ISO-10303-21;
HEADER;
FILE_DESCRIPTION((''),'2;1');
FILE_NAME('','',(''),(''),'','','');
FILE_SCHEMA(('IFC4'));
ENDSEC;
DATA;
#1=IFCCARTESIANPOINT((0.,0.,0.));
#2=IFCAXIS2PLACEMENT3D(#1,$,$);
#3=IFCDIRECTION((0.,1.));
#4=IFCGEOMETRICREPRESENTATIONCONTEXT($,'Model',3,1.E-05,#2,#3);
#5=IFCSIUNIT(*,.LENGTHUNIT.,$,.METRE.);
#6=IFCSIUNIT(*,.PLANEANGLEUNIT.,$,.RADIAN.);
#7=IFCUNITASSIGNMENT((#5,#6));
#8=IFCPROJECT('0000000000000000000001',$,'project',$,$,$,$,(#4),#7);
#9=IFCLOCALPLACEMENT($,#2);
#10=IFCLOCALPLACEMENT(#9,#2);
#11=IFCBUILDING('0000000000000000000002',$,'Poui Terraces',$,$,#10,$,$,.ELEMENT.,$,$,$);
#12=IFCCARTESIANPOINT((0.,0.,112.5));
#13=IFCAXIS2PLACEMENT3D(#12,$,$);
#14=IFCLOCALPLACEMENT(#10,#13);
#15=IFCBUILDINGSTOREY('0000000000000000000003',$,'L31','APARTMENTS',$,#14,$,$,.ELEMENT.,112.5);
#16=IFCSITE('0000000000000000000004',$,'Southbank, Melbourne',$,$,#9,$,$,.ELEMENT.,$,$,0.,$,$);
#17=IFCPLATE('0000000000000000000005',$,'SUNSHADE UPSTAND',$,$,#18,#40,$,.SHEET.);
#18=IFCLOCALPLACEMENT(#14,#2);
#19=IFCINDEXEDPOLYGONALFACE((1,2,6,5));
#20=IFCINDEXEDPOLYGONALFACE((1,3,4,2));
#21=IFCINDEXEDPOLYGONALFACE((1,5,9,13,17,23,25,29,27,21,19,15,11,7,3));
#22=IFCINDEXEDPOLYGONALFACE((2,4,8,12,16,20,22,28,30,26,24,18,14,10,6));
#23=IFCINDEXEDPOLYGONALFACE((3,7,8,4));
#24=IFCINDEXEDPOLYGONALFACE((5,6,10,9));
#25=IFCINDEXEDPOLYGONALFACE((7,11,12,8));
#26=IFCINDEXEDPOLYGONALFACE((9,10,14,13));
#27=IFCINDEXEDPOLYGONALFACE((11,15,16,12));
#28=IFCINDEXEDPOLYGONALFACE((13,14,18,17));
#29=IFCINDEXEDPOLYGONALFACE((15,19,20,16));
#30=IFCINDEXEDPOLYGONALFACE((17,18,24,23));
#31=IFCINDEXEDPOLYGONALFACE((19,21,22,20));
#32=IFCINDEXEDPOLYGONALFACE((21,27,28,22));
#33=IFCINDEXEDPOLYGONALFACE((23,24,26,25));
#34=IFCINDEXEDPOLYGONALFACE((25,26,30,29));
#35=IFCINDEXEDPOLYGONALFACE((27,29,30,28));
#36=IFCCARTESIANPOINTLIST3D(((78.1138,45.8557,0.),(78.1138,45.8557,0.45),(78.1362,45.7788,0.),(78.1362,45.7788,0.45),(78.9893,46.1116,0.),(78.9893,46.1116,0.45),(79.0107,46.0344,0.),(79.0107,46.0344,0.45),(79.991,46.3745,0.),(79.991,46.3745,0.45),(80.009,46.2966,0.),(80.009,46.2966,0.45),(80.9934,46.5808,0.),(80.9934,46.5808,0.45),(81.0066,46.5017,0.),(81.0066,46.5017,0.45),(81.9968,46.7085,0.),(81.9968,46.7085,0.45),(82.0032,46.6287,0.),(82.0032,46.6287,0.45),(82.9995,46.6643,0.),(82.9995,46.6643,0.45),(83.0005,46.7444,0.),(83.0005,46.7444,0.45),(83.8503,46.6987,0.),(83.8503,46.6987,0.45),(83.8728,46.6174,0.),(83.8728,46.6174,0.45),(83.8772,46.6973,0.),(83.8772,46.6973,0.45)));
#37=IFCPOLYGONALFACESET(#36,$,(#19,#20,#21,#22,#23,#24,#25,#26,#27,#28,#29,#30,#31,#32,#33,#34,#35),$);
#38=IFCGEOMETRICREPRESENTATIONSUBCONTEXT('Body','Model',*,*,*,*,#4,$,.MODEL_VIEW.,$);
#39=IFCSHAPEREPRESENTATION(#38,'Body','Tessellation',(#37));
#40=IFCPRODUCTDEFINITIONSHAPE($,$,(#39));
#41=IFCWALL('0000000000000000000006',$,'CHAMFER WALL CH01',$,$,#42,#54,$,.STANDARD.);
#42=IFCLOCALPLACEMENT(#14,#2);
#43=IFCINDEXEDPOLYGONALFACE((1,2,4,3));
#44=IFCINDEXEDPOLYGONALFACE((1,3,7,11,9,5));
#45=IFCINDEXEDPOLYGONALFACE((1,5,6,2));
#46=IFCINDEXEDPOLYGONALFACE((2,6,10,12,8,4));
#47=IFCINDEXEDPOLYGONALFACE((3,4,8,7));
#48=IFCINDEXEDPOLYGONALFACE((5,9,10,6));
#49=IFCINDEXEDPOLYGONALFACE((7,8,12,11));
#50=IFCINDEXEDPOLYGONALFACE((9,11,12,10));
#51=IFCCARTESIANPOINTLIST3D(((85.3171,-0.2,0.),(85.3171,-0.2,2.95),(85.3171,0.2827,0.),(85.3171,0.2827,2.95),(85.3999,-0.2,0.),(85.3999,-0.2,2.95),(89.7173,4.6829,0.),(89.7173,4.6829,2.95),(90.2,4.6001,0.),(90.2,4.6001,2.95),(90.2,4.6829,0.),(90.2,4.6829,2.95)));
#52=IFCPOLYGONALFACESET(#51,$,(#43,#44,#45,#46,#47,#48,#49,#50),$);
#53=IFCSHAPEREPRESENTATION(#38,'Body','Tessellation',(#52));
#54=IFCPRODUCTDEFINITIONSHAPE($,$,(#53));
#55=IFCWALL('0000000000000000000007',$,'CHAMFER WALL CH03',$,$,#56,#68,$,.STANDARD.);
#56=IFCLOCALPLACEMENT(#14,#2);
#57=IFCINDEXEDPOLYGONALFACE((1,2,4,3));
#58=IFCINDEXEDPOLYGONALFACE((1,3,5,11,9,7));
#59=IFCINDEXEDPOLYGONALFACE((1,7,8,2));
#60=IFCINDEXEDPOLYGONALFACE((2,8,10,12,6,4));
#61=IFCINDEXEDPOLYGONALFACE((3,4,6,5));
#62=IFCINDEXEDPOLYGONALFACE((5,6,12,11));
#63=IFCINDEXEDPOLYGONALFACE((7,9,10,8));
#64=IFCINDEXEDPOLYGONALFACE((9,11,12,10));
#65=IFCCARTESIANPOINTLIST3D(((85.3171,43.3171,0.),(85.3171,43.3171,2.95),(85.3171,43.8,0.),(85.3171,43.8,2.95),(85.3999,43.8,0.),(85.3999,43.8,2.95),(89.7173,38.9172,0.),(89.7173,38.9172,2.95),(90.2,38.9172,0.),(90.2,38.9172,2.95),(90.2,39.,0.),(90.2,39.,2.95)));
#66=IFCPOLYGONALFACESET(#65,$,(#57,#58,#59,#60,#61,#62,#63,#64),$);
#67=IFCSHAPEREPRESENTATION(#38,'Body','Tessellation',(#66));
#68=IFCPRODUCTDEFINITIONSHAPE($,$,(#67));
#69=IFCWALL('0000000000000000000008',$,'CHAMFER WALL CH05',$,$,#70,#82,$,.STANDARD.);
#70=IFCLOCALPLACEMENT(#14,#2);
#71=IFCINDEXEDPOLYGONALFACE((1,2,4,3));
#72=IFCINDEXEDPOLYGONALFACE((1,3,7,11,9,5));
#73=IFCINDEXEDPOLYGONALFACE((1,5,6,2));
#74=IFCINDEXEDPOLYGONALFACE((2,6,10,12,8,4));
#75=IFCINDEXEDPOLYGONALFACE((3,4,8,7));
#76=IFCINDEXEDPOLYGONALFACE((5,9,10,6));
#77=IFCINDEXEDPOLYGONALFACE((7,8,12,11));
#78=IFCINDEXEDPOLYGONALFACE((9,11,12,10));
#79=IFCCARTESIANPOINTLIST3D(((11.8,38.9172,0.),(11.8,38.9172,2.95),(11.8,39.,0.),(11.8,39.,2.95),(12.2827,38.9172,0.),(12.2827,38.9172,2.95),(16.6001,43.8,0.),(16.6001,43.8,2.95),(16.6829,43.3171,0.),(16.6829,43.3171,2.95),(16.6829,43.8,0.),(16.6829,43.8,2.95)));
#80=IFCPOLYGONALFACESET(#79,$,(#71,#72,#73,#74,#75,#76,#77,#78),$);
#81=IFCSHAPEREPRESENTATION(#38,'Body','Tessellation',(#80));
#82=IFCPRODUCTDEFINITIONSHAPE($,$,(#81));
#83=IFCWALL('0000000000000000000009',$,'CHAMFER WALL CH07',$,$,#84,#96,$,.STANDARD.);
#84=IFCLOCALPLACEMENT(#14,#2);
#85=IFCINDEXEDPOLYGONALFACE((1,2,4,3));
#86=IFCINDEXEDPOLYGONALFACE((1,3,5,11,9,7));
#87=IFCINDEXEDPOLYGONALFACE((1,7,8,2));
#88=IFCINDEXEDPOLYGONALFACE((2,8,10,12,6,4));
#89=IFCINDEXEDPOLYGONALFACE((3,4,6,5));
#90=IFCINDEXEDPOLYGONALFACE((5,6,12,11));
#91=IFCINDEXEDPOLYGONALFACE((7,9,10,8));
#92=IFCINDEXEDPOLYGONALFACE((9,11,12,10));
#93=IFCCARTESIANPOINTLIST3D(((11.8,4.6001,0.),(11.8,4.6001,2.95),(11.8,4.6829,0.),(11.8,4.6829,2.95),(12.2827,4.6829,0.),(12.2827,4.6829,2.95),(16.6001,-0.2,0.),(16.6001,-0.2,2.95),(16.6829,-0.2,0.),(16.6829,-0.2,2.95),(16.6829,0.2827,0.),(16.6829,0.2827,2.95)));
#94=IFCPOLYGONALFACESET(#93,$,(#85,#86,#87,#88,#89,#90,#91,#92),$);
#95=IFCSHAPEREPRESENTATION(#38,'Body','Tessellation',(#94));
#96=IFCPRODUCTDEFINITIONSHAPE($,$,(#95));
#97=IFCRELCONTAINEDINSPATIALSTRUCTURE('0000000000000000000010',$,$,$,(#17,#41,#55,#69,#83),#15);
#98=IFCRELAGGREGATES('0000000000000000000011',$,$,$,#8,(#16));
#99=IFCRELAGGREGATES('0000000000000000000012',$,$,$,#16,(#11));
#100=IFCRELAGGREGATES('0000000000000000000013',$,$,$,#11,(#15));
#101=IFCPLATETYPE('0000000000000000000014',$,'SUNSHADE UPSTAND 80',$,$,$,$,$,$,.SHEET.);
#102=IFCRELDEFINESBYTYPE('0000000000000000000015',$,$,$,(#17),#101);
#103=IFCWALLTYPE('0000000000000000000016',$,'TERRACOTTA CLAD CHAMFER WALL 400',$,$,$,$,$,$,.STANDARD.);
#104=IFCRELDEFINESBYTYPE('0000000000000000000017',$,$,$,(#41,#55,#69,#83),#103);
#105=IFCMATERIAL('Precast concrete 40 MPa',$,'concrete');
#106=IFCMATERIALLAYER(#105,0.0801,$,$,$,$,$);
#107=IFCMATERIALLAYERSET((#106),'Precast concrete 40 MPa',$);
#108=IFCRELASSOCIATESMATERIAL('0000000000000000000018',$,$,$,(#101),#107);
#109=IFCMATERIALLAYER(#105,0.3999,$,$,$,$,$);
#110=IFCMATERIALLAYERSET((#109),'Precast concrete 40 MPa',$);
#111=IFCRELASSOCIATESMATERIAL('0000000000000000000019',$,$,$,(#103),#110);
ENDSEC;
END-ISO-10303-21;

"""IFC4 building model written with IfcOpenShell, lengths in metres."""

from ifc_helpers import new_model, si_unit, direction, frame, origin, place, context, subcontext, project, spatial, polyline, outline, extrude, material, layer, layer_set, type_object, element, save


model = new_model("IFC4")

# Units and contexts
model_context = context("Model", 3, precision=1e-05, world=origin(), true_north=direction((0.0, 1.0)))
body_context = subcontext(model_context, "Body", "Model", "MODEL_VIEW")
ifc_project = project(units=[si_unit("LENGTHUNIT", "METRE"), si_unit("PLANEANGLEUNIT", "RADIAN")], contexts=[model_context])

# Site, building, storey
site_placement = place(None, origin())
site = spatial("IfcSite", under=ifc_project, at=site_placement, Name="Southbank, Melbourne", CompositionType="ELEMENT", RefElevation=0.0)
building_placement = place(site_placement, origin())
building = spatial("IfcBuilding", under=site, at=building_placement, Name="Poui Terraces", CompositionType="ELEMENT")
storey_placement = place(building_placement, frame((0.0, 0.0, 112.5)))
storey = spatial("IfcBuildingStorey", under=building, at=storey_placement, Name="L31", Description="APARTMENTS", CompositionType="ELEMENT", Elevation=112.5)

# Shared definitions
ifc_material = material(Name="Precast concrete 40 MPa", Category="concrete")

# Plate
ifc_layer_1 = layer(ifc_material, 0.0801)
ifc_layer_set_1 = layer_set([ifc_layer_1], Name="Precast concrete 40 MPa")
plate_type = type_object("IfcPlateType", Name="SUNSHADE UPSTAND 80", PredefinedType="SHEET", material=ifc_layer_set_1)
plate_1_placement = place(storey_placement, origin())
element("IfcPlate", 1, at=plate_1_placement, inside=storey, type_object=plate_type, Name="SUNSHADE UPSTAND", PredefinedType="SHEET", context=body_context, shape_type="SweptSolid", body=[
    extrude(outline(polyline([(78.9893, 46.1116), (78.1138, 45.8557), (78.1362, 45.7788), (79.0107, 46.0344), (80.009, 46.2966), (81.0066, 46.5017), (82.0032, 46.6287), (82.9995, 46.6643), (83.8728, 46.6174), (83.8772, 46.6973), (83.8503, 46.6987), (83.0005, 46.7444), (81.9968, 46.7085), (80.9934, 46.5808), (79.991, 46.3745), (78.9893, 46.1116)])), origin(), (0.0, 0.0, 1.0), 0.45),
])

# Walls
ifc_layer_2 = layer(ifc_material, 0.3999)
ifc_layer_set_2 = layer_set([ifc_layer_2], Name="Precast concrete 40 MPa")
wall_type = type_object("IfcWallType", Name="TERRACOTTA CLAD CHAMFER WALL 400", PredefinedType="STANDARD", material=ifc_layer_set_2)
wall_1_placement = place(storey_placement, origin())
element("IfcWall", 2, at=wall_1_placement, inside=storey, type_object=wall_type, Name="CHAMFER WALL CH01", PredefinedType="STANDARD", context=body_context, shape_type="SweptSolid", body=[
    extrude(outline(polyline([(85.3171, -0.2), (85.3999, -0.2), (90.2, 4.6001), (90.2, 4.6829), (89.7173, 4.6829), (85.3171, 0.2827), (85.3171, -0.2)])), origin(), (0.0, 0.0, 1.0), 2.95),
])
wall_2_placement = place(storey_placement, origin())
element("IfcWall", 3, at=wall_2_placement, inside=storey, type_object=wall_type, Name="CHAMFER WALL CH03", PredefinedType="STANDARD", context=body_context, shape_type="SweptSolid", body=[
    extrude(outline(polyline([(90.2, 38.9172), (90.2, 39.0), (85.3999, 43.8), (85.3171, 43.8), (85.3171, 43.3171), (89.7173, 38.9172), (90.2, 38.9172)])), origin(), (0.0, 0.0, 1.0), 2.95),
])
wall_3_placement = place(storey_placement, origin())
element("IfcWall", 4, at=wall_3_placement, inside=storey, type_object=wall_type, Name="CHAMFER WALL CH05", PredefinedType="STANDARD", context=body_context, shape_type="SweptSolid", body=[
    extrude(outline(polyline([(16.6829, 43.8), (16.6001, 43.8), (11.8, 39.0), (11.8, 38.9172), (12.2827, 38.9172), (16.6829, 43.3171), (16.6829, 43.8)])), origin(), (0.0, 0.0, 1.0), 2.95),
])
wall_4_placement = place(storey_placement, origin())
element("IfcWall", 5, at=wall_4_placement, inside=storey, type_object=wall_type, Name="CHAMFER WALL CH07", PredefinedType="STANDARD", context=body_context, shape_type="SweptSolid", body=[
    extrude(outline(polyline([(11.8, 4.6829), (11.8, 4.6001), (16.6001, -0.2), (16.6829, -0.2), (16.6829, 0.2827), (12.2827, 4.6829), (11.8, 4.6829)])), origin(), (0.0, 0.0, 1.0), 2.95),
])

save(model, "model.ifc")
